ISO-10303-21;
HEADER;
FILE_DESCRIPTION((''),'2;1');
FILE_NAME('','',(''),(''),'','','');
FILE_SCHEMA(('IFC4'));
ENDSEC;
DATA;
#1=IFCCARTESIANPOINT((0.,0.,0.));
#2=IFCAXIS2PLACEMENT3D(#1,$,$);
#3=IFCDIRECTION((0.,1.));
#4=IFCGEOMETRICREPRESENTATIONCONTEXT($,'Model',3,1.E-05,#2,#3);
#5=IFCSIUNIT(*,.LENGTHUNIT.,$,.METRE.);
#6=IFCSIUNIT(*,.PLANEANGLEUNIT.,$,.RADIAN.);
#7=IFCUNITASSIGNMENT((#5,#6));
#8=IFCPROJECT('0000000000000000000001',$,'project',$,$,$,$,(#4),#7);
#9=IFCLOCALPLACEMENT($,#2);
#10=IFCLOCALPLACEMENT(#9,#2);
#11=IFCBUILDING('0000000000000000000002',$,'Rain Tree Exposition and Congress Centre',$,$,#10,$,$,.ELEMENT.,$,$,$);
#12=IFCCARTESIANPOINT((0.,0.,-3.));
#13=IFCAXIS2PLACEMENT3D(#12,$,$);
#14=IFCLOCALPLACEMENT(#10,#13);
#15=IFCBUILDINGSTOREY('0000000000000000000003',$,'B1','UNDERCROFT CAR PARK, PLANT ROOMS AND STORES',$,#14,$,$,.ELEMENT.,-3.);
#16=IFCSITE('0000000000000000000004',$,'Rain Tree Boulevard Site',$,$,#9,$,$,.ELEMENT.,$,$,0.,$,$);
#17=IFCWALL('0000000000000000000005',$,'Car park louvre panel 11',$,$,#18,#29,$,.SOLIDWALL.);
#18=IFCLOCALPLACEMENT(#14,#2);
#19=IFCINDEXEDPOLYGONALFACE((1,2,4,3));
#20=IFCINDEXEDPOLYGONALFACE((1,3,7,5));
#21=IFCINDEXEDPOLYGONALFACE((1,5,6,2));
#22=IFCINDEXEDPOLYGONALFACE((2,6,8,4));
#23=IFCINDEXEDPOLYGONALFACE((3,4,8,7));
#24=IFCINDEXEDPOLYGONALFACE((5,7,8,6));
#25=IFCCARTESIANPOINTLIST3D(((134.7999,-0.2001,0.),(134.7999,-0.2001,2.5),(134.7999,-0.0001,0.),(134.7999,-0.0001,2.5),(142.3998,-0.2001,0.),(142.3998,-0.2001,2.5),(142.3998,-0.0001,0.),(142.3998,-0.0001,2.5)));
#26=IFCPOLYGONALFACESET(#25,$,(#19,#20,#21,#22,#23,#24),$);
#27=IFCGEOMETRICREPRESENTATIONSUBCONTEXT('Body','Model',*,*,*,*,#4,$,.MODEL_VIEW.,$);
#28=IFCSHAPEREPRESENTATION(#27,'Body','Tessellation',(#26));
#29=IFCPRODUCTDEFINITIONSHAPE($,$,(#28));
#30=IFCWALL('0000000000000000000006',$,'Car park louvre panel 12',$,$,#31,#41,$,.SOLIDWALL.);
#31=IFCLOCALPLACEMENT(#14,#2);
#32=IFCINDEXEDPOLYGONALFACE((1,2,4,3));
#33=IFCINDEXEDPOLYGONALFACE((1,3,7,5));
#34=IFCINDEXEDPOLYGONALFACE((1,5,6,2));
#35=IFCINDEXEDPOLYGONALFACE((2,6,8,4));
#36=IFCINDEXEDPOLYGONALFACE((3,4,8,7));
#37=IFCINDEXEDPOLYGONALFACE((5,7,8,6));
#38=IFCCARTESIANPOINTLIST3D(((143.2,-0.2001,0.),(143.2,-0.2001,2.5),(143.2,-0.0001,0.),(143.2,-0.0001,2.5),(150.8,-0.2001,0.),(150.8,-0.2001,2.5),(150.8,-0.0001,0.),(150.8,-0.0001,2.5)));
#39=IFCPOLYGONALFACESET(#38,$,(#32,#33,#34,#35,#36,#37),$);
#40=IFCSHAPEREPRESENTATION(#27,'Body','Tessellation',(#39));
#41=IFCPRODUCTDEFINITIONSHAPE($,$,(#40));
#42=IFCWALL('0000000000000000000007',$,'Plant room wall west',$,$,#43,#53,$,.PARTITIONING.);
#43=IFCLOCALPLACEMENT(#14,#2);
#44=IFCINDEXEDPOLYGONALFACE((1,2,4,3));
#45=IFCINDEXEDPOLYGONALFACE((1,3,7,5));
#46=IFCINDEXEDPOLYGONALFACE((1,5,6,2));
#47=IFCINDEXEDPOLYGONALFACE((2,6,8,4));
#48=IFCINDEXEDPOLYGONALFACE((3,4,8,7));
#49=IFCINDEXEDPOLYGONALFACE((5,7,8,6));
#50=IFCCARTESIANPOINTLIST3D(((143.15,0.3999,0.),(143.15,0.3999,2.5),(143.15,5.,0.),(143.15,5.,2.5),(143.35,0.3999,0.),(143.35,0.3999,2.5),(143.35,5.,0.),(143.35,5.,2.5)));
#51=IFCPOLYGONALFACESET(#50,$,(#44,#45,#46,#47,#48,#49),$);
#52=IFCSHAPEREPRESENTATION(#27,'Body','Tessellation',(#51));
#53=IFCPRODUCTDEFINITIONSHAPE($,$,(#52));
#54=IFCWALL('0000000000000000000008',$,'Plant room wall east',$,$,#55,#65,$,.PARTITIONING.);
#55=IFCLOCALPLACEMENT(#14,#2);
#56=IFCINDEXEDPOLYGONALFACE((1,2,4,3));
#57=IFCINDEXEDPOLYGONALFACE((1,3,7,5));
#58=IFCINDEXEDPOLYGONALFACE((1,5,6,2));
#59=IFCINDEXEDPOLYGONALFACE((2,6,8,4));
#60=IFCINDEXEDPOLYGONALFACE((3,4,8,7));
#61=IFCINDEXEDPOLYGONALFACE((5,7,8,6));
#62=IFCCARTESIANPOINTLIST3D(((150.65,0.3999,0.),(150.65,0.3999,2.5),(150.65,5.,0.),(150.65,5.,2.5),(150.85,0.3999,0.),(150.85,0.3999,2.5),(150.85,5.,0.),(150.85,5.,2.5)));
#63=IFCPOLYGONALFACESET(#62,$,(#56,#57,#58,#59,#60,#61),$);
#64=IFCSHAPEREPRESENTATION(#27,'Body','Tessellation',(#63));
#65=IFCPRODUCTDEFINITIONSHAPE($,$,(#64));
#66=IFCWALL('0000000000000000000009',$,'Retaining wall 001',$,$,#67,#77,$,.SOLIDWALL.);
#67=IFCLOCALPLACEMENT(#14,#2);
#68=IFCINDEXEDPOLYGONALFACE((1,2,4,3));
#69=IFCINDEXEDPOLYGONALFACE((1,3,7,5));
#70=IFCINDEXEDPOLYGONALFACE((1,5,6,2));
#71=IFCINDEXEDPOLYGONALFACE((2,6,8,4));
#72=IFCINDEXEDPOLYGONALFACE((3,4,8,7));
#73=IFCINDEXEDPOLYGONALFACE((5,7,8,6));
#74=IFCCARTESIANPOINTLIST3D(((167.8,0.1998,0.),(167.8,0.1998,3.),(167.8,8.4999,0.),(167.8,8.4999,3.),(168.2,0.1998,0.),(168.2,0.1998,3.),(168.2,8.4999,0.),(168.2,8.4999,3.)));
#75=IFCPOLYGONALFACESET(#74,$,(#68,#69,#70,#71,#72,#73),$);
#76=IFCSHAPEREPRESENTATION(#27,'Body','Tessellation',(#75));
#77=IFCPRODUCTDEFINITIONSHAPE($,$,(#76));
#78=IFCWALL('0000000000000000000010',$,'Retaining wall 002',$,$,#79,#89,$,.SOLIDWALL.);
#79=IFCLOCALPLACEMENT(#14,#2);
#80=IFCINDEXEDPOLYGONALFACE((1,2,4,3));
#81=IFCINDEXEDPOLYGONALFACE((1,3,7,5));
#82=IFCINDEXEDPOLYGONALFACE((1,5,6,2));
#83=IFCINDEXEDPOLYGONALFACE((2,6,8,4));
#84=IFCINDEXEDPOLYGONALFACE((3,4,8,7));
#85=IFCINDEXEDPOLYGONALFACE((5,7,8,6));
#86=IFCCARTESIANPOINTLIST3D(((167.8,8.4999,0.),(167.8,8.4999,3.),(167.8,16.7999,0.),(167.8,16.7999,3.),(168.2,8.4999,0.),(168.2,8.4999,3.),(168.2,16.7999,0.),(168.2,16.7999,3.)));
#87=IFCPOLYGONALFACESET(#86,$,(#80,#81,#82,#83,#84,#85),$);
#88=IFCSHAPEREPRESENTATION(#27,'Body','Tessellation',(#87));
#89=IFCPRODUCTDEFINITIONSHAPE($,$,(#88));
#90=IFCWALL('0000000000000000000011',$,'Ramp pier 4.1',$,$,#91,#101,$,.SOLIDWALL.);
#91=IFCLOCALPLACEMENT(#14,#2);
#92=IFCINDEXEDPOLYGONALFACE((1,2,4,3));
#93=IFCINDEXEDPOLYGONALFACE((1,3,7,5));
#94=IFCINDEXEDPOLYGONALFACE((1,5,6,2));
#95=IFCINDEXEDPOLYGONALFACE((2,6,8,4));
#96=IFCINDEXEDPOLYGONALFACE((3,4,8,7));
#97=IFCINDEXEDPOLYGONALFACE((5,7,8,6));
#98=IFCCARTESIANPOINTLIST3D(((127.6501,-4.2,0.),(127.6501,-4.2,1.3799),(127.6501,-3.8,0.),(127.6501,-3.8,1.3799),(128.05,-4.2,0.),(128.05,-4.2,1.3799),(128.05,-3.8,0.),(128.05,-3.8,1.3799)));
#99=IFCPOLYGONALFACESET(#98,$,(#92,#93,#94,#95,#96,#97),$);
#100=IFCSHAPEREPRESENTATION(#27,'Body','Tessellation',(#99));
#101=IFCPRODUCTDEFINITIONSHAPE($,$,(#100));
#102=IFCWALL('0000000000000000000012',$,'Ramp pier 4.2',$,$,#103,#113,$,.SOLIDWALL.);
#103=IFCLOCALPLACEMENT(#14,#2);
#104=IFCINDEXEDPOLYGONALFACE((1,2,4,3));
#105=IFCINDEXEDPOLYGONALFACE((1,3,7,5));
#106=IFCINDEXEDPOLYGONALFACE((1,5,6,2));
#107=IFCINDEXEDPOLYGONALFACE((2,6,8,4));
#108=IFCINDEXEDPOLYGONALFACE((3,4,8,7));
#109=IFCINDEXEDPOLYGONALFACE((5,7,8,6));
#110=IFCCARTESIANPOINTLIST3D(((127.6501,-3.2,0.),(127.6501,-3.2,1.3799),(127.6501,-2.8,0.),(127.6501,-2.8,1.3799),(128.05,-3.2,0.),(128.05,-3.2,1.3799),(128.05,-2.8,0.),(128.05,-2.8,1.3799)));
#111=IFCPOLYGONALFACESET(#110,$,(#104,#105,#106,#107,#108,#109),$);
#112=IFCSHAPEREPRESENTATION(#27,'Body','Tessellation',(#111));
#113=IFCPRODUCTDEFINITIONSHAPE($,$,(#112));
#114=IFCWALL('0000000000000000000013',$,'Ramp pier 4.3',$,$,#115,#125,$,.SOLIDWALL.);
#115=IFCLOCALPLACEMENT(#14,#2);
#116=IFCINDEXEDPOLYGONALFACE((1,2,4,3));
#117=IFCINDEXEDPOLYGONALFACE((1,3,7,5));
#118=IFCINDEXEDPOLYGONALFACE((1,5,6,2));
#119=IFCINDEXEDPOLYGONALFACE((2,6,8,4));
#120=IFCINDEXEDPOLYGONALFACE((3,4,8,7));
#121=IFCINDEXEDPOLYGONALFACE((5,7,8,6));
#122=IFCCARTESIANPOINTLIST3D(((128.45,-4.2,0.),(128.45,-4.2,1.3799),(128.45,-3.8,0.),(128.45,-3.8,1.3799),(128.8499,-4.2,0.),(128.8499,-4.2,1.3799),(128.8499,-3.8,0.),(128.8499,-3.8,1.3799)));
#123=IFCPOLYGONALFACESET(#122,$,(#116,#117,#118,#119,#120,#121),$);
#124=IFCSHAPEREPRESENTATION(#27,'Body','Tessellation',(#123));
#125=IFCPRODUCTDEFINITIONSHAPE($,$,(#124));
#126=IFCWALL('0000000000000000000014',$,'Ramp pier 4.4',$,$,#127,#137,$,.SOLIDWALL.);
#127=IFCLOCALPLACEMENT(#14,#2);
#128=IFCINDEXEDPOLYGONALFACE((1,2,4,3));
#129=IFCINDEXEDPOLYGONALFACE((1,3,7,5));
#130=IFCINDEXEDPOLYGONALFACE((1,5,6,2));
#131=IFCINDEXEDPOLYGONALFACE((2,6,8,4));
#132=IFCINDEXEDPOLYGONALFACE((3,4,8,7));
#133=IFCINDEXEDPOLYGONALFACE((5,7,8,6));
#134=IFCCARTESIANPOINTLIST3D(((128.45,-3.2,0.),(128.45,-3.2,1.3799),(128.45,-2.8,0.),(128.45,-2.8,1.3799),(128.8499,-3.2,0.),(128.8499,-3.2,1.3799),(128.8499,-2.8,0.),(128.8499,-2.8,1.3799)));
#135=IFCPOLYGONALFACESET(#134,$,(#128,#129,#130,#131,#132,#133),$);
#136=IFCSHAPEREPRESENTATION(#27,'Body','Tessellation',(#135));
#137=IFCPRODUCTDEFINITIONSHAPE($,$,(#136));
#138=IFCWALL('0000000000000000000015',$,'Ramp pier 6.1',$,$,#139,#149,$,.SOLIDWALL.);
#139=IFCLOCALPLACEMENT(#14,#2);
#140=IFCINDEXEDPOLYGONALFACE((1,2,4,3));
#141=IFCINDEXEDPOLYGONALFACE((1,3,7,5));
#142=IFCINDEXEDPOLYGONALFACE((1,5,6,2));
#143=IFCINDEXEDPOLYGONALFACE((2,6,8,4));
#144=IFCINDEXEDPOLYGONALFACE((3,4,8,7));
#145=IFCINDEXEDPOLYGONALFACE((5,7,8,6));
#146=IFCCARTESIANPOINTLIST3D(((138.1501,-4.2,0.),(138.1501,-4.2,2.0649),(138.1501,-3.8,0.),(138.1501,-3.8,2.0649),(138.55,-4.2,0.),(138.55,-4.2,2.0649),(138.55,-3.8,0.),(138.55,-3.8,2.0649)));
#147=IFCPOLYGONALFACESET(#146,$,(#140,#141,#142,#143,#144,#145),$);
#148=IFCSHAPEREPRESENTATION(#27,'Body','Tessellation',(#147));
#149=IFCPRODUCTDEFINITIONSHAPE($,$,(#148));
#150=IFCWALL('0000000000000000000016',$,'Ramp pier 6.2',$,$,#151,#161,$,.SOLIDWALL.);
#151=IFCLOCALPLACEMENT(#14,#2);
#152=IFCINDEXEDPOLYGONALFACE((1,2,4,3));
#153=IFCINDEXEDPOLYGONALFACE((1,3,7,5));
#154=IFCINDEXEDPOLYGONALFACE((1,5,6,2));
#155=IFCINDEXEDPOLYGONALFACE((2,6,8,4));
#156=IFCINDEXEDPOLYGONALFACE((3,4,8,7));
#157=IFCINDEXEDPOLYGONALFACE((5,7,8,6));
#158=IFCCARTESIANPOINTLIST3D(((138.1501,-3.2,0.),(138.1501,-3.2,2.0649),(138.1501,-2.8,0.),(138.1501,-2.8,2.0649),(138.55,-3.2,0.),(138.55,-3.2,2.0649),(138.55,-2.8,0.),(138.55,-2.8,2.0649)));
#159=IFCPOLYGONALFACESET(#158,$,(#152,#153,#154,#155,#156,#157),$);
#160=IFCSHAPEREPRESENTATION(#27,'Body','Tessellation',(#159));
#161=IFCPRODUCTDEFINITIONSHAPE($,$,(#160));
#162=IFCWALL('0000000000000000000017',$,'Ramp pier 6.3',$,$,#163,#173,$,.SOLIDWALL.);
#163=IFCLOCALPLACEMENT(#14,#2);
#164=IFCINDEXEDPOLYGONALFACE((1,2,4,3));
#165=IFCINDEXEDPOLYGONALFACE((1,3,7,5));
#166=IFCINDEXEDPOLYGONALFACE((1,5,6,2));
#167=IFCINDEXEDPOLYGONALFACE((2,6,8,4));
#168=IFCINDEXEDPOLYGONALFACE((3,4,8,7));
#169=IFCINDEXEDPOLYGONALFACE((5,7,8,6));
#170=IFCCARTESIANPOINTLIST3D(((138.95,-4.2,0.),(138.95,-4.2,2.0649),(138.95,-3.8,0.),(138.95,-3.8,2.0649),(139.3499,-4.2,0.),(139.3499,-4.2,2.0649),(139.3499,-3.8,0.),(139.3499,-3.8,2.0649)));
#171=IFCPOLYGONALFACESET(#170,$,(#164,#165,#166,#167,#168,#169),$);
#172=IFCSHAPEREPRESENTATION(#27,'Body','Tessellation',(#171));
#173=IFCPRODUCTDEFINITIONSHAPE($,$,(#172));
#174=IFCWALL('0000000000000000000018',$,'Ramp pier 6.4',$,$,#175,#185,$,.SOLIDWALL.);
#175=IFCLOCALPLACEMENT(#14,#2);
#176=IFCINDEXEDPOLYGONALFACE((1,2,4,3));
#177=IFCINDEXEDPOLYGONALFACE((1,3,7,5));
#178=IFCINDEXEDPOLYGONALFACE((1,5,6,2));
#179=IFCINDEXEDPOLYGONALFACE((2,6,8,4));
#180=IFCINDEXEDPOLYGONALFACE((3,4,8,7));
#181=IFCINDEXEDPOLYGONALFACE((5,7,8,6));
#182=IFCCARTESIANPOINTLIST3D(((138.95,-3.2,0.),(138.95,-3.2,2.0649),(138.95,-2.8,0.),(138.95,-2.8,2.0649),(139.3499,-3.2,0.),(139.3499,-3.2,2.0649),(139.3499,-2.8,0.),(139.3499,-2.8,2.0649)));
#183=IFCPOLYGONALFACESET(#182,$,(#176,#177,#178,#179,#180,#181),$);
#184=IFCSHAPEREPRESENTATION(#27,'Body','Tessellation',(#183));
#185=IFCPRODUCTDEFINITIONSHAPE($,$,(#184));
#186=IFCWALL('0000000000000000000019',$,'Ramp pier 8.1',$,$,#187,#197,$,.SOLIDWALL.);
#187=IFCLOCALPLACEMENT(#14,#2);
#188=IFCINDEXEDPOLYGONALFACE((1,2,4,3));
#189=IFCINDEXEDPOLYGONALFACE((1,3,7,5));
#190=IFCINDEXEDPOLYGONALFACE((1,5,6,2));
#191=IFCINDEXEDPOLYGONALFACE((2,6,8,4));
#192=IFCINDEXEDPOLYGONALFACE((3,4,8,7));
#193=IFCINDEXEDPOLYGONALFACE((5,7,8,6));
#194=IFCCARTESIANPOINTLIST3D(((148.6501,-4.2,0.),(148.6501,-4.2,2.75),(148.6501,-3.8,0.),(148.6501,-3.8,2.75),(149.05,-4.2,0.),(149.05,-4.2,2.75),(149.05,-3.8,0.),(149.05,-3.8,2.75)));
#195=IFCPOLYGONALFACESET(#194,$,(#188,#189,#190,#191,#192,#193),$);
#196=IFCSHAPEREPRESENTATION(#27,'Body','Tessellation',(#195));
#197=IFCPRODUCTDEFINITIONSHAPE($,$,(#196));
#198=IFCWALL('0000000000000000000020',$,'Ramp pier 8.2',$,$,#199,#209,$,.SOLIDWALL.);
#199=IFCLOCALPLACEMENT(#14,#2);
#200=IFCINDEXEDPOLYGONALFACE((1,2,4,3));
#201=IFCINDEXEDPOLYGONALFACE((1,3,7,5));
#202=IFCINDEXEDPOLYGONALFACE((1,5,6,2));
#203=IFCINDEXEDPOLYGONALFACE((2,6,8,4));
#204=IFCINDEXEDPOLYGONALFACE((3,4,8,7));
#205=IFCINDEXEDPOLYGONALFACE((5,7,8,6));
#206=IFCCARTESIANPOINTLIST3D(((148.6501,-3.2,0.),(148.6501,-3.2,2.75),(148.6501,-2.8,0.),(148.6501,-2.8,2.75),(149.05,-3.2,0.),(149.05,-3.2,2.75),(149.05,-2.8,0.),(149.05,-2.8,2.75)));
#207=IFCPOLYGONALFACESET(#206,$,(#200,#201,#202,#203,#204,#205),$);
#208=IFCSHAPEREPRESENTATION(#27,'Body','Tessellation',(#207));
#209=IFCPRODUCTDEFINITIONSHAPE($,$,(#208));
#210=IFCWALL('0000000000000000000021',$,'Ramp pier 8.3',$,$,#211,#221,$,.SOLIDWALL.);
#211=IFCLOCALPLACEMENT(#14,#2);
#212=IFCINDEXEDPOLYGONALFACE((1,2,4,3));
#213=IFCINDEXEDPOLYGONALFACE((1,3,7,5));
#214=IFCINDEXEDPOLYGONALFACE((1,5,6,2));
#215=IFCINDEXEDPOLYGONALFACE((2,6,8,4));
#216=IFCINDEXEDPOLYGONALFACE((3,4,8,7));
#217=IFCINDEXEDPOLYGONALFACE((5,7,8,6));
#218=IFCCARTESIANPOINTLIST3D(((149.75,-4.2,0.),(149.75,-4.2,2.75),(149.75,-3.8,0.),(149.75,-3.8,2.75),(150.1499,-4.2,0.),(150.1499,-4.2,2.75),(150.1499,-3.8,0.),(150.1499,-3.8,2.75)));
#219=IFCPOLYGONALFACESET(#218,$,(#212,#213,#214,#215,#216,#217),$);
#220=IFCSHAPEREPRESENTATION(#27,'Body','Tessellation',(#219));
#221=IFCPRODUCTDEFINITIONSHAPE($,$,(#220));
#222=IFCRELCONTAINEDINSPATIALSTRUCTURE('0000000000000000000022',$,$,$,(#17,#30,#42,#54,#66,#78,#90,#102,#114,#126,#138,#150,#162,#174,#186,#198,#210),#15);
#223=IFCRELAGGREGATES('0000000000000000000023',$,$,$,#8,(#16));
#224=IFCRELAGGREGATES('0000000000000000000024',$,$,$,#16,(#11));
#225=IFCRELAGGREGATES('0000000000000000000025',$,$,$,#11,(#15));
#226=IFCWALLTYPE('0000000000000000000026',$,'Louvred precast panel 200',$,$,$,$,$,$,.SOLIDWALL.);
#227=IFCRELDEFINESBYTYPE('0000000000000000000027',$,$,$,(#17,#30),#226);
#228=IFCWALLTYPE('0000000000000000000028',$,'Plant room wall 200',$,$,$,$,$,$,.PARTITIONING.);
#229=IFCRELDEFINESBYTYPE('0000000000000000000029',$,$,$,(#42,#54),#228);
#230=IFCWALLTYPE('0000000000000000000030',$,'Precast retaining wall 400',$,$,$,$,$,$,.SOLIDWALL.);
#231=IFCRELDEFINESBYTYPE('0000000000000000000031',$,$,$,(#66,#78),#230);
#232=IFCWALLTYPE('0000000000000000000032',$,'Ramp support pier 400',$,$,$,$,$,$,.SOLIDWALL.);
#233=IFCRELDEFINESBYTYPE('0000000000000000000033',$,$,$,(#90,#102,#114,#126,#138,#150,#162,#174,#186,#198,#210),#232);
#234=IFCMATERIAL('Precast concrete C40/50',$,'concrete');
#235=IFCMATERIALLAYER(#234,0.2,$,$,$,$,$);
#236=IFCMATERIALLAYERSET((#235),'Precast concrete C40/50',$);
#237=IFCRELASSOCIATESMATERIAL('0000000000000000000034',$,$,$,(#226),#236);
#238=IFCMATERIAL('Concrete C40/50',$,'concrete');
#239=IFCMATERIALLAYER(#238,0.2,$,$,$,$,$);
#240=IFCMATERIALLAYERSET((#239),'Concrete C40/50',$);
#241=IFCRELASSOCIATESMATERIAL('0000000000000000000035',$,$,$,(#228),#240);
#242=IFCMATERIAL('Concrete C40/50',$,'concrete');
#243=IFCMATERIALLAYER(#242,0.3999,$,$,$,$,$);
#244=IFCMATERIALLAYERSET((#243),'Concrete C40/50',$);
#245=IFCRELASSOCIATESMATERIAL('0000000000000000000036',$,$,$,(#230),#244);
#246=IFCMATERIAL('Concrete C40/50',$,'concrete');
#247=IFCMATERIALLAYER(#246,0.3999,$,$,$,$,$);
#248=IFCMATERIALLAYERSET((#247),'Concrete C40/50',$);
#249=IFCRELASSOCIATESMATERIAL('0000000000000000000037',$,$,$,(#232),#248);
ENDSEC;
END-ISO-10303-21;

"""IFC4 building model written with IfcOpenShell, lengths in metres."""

from ifc_helpers import new_model, si_unit, direction, frame, frame_2d, origin, place, context, subcontext, project, spatial, rectangle, extrude, material, layer, layer_set, type_object, element, save


model = new_model("IFC4")

# Units and contexts
model_context = context("Model", 3, precision=1e-05, world=origin(), true_north=direction((0.0, 1.0)))
body_context = subcontext(model_context, "Body", "Model", "MODEL_VIEW")
ifc_project = project(units=[si_unit("LENGTHUNIT", "METRE"), si_unit("PLANEANGLEUNIT", "RADIAN")], contexts=[model_context])

# Site, building, storey
site_placement = place(None, origin())
site = spatial("IfcSite", under=ifc_project, at=site_placement, Name="Rain Tree Boulevard Site", CompositionType="ELEMENT", RefElevation=0.0)
building_placement = place(site_placement, origin())
building = spatial("IfcBuilding", under=site, at=building_placement, Name="Rain Tree Exposition and Congress Centre", CompositionType="ELEMENT")
storey_placement = place(building_placement, frame((0.0, 0.0, -3.0)))
storey = spatial("IfcBuildingStorey", under=building, at=storey_placement, Name="B1", Description="UNDERCROFT CAR PARK, PLANT ROOMS AND STORES", CompositionType="ELEMENT", Elevation=-3.0)

# Walls
ifc_material_1 = material(Name="Precast concrete C40/50", Category="concrete")
ifc_layer_1 = layer(ifc_material_1, 0.2)
ifc_layer_set_1 = layer_set([ifc_layer_1], Name="Precast concrete C40/50")
wall_type_1 = type_object("IfcWallType", Name="Louvred precast panel 200", PredefinedType="SOLIDWALL", material=ifc_layer_set_1)
wall_1_placement = place(storey_placement, frame((134.8, -0.1001, 0.0), z_axis=(0.0, 0.0, 1.0), x_axis=(1.0, 0.0, 0.0)))
element("IfcWall", 1, at=wall_1_placement, inside=storey, type_object=wall_type_1, Name="Car park louvre panel 11", PredefinedType="SOLIDWALL", context=body_context, shape_type="SweptSolid", body=[
    extrude(rectangle(XDim=7.5999, YDim=0.2, at=frame_2d((3.7998, 0.0))), origin(), (0.0, 0.0, 1.0), 2.5),
])
wall_2_placement = place(storey_placement, frame((143.2, -0.1001, 0.0), z_axis=(0.0, 0.0, 1.0), x_axis=(1.0, 0.0, 0.0)))
element("IfcWall", 2, at=wall_2_placement, inside=storey, type_object=wall_type_1, Name="Car park louvre panel 12", PredefinedType="SOLIDWALL", context=body_context, shape_type="SweptSolid", body=[
    extrude(rectangle(XDim=7.6001, YDim=0.2, at=frame_2d((3.8, 0.0))), origin(), (0.0, 0.0, 1.0), 2.5),
])
ifc_material_2 = material(Name="Concrete C40/50", Category="concrete")
ifc_layer_2 = layer(ifc_material_2, 0.2)
ifc_layer_set_2 = layer_set([ifc_layer_2], Name="Concrete C40/50")
wall_type_2 = type_object("IfcWallType", Name="Plant room wall 200", PredefinedType="PARTITIONING", material=ifc_layer_set_2)
for number, where, z_axis, x_axis, name in (
    (3, (143.25, 0.3999, 0.0), (0.0, 0.0, 1.0), (0.0, 1.0, 0.0), "Plant room wall west"),
    (4, (150.75, 0.3999, 0.0), (0.0, 0.0, 1.0), (0.0, 1.0, 0.0), "Plant room wall east"),
):
    element("IfcWall", number, at=place(storey_placement, frame(where, z_axis=z_axis, x_axis=x_axis)), inside=storey, type_object=wall_type_2, Name=name, PredefinedType="PARTITIONING", context=body_context, shape_type="SweptSolid", body=[
        extrude(rectangle(XDim=4.6001, YDim=0.2, at=frame_2d((2.3, 0.0))), origin(), (0.0, 0.0, 1.0), 2.5),
    ])

# Walls
ifc_material_3 = material(Name="Concrete C40/50", Category="concrete")
ifc_layer_3 = layer(ifc_material_3, 0.3999)
ifc_layer_set_3 = layer_set([ifc_layer_3], Name="Concrete C40/50")
wall_type_3 = type_object("IfcWallType", Name="Precast retaining wall 400", PredefinedType="SOLIDWALL", material=ifc_layer_set_3)
for number, where, z_axis, x_axis, name in (
    (5, (168.0, 0.2, 0.0), (0.0, 0.0, 1.0), (0.0, 1.0, 0.0), "Retaining wall 001"),
    (6, (168.0, 8.5, 0.0), (0.0, 0.0, 1.0), (0.0, 1.0, 0.0), "Retaining wall 002"),
):
    element("IfcWall", number, at=place(storey_placement, frame(where, z_axis=z_axis, x_axis=x_axis)), inside=storey, type_object=wall_type_3, Name=name, PredefinedType="SOLIDWALL", context=body_context, shape_type="SweptSolid", body=[
        extrude(rectangle(XDim=8.3, YDim=0.3999, at=frame_2d((4.1499, 0.0))), origin(), (0.0, 0.0, 1.0), 3.0),
    ])
ifc_material_4 = material(Name="Concrete C40/50", Category="concrete")
ifc_layer_4 = layer(ifc_material_4, 0.3999)
ifc_layer_set_4 = layer_set([ifc_layer_4], Name="Concrete C40/50")
wall_type_4 = type_object("IfcWallType", Name="Ramp support pier 400", PredefinedType="SOLIDWALL", material=ifc_layer_set_4)
for number, where, z_axis, x_axis, name in (
    (7, (127.8501, -4.2, 0.0), (0.0, 0.0, 1.0), (0.0, 1.0, 0.0), "Ramp pier 4.1"),
    (8, (127.8501, -3.2, 0.0), (0.0, 0.0, 1.0), (0.0, 1.0, 0.0), "Ramp pier 4.2"),
    (9, (128.6499, -4.2, 0.0), (0.0, 0.0, 1.0), (0.0, 1.0, 0.0), "Ramp pier 4.3"),
    (10, (128.6499, -3.2, 0.0), (0.0, 0.0, 1.0), (0.0, 1.0, 0.0), "Ramp pier 4.4"),
):
    element("IfcWall", number, at=place(storey_placement, frame(where, z_axis=z_axis, x_axis=x_axis)), inside=storey, type_object=wall_type_4, Name=name, PredefinedType="SOLIDWALL", context=body_context, shape_type="SweptSolid", body=[
        extrude(rectangle(XDim=0.3999, YDim=0.3999, at=frame_2d((0.2, 0.0))), origin(), (0.0, 0.0, 1.0), 1.3799),
    ])
for number, where, z_axis, x_axis, name in (
    (11, (138.3501, -4.2, 0.0), (0.0, 0.0, 1.0), (0.0, 1.0, 0.0), "Ramp pier 6.1"),
    (12, (138.3501, -3.2, 0.0), (0.0, 0.0, 1.0), (0.0, 1.0, 0.0), "Ramp pier 6.2"),
    (13, (139.1499, -4.2, 0.0), (0.0, 0.0, 1.0), (0.0, 1.0, 0.0), "Ramp pier 6.3"),
    (14, (139.1499, -3.2, 0.0), (0.0, 0.0, 1.0), (0.0, 1.0, 0.0), "Ramp pier 6.4"),
):
    element("IfcWall", number, at=place(storey_placement, frame(where, z_axis=z_axis, x_axis=x_axis)), inside=storey, type_object=wall_type_4, Name=name, PredefinedType="SOLIDWALL", context=body_context, shape_type="SweptSolid", body=[
        extrude(rectangle(XDim=0.3999, YDim=0.3999, at=frame_2d((0.2, 0.0))), origin(), (0.0, 0.0, 1.0), 2.0649),
    ])
for number, where, z_axis, x_axis, name in (
    (15, (148.8501, -4.2, 0.0), (0.0, 0.0, 1.0), (0.0, 1.0, 0.0), "Ramp pier 8.1"),
    (16, (148.8501, -3.2, 0.0), (0.0, 0.0, 1.0), (0.0, 1.0, 0.0), "Ramp pier 8.2"),
    (17, (149.95, -4.2, 0.0), (0.0, 0.0, 1.0), (0.0, 1.0, 0.0), "Ramp pier 8.3"),
):
    element("IfcWall", number, at=place(storey_placement, frame(where, z_axis=z_axis, x_axis=x_axis)), inside=storey, type_object=wall_type_4, Name=name, PredefinedType="SOLIDWALL", context=body_context, shape_type="SweptSolid", body=[
        extrude(rectangle(XDim=0.3999, YDim=0.3999, at=frame_2d((0.2, 0.0))), origin(), (0.0, 0.0, 1.0), 2.75),
    ])

save(model, "model.ifc")
